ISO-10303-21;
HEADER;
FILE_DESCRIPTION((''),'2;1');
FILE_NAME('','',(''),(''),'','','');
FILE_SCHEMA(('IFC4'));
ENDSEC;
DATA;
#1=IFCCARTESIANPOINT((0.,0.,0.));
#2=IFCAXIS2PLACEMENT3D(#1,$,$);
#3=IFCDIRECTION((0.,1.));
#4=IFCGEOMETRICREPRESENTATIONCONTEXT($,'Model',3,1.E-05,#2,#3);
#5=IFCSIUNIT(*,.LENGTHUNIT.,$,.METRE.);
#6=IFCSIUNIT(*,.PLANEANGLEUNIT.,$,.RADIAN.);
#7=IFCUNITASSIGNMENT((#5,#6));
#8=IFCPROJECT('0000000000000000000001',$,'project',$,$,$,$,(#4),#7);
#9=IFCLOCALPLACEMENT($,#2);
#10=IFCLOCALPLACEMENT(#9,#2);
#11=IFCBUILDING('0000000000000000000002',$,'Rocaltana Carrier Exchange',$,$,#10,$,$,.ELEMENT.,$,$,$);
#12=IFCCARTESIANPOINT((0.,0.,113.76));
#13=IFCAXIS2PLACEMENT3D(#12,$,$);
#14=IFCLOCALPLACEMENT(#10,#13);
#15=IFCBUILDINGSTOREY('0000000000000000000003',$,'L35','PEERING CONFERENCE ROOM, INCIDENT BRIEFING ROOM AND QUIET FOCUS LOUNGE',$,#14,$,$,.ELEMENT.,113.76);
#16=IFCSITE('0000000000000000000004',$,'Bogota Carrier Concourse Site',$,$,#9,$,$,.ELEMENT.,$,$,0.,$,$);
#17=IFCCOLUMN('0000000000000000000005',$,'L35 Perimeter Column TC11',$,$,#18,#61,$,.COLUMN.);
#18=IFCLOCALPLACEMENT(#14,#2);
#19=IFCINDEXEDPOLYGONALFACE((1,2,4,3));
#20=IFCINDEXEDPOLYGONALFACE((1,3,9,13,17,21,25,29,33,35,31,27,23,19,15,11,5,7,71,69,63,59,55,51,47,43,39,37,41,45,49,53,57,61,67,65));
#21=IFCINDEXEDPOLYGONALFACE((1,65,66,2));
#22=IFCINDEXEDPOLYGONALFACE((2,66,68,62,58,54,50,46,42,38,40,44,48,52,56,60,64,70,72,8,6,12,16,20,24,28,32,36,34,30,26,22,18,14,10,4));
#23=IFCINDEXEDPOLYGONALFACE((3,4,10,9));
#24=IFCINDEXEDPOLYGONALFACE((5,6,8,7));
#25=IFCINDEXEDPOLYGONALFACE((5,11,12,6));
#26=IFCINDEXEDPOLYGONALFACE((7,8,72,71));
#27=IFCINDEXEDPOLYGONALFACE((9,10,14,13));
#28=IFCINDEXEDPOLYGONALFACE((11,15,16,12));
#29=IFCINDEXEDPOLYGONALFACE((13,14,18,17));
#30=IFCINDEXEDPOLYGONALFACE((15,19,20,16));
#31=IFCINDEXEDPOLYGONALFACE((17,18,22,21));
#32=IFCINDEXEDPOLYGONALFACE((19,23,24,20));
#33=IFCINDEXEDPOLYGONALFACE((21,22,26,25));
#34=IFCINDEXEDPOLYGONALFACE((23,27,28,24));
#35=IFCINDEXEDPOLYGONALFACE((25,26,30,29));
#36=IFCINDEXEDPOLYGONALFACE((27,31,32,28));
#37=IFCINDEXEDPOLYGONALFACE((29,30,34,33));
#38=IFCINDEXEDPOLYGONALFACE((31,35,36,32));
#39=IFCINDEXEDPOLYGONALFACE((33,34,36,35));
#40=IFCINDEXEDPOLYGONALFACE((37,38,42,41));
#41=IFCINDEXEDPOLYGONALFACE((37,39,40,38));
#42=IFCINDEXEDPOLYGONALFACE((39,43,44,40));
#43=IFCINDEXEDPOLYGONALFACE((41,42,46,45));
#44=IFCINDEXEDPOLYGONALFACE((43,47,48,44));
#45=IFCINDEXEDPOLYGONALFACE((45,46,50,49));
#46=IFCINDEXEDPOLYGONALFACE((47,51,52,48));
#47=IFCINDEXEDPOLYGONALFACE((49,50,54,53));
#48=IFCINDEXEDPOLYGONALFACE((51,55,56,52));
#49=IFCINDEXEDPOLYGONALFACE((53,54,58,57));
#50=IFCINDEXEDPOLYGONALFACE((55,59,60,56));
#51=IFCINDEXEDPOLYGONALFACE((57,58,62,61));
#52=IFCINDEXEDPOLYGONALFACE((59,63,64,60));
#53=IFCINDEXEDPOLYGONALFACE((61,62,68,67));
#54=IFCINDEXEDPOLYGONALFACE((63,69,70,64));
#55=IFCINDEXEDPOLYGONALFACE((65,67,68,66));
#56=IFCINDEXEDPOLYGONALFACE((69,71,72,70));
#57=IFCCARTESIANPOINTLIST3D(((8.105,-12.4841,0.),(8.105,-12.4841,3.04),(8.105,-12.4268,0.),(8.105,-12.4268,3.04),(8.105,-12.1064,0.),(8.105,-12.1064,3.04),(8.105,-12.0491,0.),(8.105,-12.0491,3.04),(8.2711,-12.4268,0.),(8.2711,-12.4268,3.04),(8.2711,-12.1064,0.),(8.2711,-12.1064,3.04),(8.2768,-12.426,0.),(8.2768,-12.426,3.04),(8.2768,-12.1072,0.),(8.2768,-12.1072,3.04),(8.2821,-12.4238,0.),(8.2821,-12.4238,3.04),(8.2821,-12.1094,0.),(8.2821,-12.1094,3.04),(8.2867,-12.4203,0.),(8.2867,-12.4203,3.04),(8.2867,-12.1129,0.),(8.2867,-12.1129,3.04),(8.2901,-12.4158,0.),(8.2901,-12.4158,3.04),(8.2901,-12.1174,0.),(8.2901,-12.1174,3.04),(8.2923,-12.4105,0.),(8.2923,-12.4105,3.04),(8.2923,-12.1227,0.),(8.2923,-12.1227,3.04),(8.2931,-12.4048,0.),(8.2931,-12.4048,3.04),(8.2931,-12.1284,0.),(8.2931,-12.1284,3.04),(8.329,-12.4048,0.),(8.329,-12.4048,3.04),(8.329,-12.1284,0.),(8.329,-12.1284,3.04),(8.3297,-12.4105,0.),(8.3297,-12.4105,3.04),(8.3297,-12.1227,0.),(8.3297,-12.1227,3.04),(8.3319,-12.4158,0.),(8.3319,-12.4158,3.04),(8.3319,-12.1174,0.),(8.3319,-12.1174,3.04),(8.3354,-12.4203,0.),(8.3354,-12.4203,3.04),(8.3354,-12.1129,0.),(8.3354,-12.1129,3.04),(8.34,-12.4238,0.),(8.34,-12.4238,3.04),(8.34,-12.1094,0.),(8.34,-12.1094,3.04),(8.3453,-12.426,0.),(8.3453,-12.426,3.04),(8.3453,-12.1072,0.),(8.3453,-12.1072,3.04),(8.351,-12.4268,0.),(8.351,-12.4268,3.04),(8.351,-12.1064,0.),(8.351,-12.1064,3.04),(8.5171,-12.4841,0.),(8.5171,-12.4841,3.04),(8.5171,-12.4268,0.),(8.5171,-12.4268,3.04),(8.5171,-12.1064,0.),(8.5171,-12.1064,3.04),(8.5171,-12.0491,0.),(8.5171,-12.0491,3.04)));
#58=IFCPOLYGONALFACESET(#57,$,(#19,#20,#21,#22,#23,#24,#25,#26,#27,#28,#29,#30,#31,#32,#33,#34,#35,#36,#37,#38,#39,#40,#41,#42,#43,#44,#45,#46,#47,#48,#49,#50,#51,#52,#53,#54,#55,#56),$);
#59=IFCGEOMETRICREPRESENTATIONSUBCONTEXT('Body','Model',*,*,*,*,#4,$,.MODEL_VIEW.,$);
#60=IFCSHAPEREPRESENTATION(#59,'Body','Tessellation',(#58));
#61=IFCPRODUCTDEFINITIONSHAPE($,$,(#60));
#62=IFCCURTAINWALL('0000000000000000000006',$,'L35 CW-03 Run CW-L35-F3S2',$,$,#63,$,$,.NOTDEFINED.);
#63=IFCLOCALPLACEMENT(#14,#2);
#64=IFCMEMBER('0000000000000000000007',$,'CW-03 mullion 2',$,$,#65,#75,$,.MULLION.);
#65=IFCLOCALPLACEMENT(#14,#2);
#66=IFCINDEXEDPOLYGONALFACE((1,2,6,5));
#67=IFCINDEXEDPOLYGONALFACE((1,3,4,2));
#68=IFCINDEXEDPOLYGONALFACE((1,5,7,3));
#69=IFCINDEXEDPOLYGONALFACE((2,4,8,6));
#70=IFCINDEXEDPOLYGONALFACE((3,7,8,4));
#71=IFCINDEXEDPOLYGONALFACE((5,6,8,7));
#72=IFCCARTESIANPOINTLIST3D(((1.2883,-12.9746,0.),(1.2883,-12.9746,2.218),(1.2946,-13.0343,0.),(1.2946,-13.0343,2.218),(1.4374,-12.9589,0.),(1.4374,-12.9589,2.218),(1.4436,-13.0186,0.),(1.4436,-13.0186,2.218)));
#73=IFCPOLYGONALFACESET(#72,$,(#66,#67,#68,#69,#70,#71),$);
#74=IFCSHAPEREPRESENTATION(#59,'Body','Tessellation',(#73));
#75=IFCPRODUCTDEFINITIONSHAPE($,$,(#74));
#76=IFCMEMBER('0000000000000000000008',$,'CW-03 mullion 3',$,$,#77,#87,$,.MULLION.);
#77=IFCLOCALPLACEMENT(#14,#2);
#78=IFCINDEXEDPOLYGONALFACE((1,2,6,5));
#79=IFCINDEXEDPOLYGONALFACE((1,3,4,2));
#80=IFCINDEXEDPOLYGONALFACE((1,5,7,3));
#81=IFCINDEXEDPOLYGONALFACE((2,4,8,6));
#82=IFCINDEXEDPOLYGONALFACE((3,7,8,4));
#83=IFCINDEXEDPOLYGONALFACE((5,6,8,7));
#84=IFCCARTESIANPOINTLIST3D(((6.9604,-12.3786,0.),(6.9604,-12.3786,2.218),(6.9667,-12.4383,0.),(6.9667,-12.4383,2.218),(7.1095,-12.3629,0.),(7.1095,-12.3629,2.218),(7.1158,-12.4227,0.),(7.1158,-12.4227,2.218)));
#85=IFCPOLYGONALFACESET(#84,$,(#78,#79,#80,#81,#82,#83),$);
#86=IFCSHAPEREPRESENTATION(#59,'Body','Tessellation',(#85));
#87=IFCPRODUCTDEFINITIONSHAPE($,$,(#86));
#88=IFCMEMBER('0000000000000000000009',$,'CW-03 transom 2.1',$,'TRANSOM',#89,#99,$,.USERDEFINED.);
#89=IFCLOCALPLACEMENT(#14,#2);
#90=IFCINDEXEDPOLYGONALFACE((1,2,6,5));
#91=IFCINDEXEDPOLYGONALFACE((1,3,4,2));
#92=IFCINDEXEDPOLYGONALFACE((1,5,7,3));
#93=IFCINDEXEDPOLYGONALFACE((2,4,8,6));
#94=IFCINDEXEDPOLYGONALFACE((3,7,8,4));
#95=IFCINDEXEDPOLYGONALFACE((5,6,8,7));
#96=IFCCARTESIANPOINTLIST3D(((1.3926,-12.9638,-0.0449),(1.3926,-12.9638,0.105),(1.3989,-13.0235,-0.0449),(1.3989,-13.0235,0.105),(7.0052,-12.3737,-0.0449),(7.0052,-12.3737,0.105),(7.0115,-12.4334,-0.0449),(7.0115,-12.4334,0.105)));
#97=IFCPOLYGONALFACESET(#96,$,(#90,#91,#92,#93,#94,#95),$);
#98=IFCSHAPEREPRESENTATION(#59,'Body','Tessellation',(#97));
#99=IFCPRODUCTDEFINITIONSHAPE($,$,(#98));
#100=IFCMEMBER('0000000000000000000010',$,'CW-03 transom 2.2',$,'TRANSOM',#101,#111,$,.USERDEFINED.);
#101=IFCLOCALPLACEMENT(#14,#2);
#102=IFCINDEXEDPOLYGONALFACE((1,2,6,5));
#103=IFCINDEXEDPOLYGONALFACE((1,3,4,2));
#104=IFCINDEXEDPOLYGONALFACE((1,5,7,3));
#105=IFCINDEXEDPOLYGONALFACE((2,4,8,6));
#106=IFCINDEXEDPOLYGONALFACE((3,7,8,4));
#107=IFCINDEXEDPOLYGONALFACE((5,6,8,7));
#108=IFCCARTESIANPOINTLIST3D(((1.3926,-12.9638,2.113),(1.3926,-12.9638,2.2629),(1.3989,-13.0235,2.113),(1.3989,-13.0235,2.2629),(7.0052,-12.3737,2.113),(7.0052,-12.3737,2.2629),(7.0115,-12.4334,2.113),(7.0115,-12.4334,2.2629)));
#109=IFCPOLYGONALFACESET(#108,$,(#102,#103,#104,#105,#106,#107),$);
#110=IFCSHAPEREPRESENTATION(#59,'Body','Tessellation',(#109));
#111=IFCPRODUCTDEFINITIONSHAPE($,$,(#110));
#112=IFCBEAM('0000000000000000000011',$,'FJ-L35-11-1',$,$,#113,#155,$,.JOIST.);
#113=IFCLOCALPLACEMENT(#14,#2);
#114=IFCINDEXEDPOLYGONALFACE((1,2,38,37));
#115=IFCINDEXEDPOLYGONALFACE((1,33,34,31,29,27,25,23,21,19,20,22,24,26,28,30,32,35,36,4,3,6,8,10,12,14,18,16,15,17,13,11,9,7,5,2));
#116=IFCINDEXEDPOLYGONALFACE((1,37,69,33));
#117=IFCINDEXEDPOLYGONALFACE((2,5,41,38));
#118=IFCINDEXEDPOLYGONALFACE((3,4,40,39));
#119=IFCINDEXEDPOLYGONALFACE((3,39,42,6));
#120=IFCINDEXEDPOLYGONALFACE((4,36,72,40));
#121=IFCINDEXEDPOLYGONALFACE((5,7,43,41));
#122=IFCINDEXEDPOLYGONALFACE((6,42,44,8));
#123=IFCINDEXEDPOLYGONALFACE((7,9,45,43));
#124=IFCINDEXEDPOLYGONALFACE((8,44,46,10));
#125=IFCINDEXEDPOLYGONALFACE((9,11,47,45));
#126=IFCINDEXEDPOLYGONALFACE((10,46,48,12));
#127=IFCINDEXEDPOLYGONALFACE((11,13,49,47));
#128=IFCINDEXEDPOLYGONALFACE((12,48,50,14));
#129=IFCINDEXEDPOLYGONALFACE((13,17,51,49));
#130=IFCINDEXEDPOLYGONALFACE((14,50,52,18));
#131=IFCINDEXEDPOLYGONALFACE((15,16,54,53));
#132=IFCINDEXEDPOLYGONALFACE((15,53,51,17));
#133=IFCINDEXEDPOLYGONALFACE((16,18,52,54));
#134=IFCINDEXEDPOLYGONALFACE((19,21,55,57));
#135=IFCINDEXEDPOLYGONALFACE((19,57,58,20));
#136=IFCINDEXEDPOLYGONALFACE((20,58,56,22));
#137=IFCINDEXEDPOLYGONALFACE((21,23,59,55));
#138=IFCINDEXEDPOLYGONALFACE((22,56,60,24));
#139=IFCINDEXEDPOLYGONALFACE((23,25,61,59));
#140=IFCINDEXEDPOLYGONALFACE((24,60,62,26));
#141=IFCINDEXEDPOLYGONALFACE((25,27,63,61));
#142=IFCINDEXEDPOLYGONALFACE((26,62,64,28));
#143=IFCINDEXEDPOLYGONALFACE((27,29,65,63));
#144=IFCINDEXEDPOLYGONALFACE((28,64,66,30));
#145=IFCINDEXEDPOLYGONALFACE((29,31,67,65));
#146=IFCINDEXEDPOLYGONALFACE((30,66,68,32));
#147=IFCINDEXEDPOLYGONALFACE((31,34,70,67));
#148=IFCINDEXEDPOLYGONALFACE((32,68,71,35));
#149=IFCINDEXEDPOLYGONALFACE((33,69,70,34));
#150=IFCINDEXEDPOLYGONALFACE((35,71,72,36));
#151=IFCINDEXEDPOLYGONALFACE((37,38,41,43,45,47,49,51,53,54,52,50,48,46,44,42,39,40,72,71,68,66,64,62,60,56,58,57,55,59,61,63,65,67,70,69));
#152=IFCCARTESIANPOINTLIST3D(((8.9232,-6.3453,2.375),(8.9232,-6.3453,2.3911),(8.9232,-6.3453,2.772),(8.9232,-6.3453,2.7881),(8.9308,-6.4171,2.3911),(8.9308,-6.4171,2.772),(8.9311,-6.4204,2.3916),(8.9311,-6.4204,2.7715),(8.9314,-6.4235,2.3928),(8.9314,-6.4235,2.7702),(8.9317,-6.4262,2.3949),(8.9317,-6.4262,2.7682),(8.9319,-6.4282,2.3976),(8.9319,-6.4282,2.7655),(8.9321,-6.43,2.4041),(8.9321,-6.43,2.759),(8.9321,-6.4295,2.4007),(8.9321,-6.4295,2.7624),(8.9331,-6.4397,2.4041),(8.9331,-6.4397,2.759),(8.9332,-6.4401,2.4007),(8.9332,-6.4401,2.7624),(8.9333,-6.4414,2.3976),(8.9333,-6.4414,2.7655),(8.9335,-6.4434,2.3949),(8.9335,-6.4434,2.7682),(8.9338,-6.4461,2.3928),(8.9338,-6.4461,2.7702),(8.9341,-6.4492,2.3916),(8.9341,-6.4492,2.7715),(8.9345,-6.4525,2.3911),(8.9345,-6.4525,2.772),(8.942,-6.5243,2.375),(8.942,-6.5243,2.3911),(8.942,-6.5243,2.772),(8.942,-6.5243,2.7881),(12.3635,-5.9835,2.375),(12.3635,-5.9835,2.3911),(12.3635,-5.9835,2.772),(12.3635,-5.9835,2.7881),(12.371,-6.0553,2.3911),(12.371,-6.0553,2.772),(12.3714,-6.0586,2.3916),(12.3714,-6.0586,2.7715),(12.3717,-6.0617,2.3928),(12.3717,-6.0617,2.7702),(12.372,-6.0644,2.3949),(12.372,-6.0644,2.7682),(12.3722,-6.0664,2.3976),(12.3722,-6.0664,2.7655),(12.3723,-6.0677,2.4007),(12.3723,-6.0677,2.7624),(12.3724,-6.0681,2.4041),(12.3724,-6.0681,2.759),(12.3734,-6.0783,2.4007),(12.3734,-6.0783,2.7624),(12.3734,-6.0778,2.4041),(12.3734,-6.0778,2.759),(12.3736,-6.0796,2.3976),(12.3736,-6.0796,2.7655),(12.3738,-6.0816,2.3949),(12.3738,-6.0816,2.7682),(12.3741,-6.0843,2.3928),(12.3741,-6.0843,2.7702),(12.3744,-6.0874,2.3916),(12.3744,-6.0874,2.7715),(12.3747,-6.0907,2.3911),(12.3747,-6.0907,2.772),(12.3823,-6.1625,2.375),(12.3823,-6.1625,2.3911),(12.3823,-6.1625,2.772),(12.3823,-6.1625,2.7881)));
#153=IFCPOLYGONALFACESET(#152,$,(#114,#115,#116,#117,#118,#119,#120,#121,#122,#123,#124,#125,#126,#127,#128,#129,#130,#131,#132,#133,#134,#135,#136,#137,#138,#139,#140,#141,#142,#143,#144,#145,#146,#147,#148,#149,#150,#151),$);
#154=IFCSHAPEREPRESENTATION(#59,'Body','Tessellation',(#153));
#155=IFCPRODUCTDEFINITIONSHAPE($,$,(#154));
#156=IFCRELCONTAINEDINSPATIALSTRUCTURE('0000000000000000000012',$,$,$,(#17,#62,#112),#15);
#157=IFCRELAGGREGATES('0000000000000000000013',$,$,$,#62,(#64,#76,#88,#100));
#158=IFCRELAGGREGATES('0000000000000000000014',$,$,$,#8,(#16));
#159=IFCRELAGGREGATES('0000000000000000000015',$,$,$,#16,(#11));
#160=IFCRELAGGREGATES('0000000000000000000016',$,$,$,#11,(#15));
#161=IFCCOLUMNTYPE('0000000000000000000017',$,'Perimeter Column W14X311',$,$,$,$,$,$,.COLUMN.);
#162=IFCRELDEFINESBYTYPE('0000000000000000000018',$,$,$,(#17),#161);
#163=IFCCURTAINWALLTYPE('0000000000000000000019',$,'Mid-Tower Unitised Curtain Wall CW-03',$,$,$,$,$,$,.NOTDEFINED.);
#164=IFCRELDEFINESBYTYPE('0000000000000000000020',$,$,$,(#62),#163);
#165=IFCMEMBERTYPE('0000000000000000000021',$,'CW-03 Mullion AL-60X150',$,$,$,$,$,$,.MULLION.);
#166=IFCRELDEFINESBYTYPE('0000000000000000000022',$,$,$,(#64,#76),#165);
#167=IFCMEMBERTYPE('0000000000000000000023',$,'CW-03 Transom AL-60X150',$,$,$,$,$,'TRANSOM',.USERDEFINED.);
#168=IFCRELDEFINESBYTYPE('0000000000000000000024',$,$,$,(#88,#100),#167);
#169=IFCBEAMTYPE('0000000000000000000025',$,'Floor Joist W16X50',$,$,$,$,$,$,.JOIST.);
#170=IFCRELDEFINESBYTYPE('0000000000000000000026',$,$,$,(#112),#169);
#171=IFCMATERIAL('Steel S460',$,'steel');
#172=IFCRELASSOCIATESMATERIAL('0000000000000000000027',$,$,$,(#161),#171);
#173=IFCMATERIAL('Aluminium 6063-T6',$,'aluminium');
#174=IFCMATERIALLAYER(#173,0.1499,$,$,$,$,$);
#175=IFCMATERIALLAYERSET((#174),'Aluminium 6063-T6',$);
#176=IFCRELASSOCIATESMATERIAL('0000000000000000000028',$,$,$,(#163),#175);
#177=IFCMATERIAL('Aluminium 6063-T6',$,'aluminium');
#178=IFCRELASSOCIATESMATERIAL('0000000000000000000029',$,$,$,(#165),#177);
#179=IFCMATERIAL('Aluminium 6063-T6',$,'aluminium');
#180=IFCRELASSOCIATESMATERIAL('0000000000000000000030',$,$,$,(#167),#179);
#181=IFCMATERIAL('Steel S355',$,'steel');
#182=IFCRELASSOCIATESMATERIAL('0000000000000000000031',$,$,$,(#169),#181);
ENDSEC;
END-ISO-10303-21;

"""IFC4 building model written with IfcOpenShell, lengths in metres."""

from ifc_helpers import new_model, si_unit, direction, frame, origin, origin_2d, place, context, subcontext, project, spatial, rectangle, i_section, extrude, material, layer, layer_set, material_profile, profile_set, type_object, element, aggregate, save


model = new_model("IFC4")

# Units and contexts
model_context = context("Model", 3, precision=1e-05, world=origin(), true_north=direction((0.0, 1.0)))
body_context = subcontext(model_context, "Body", "Model", "MODEL_VIEW")
ifc_project = project(units=[si_unit("LENGTHUNIT", "METRE"), si_unit("PLANEANGLEUNIT", "RADIAN")], contexts=[model_context])

# Site, building, storey
site_placement = place(None, origin())
site = spatial("IfcSite", under=ifc_project, at=site_placement, Name="Bogota Carrier Concourse Site", CompositionType="ELEMENT", RefElevation=0.0)
building_placement = place(site_placement, origin())
building = spatial("IfcBuilding", under=site, at=building_placement, Name="Rocaltana Carrier Exchange", CompositionType="ELEMENT")
storey_placement = place(building_placement, frame((0.0, 0.0, 113.76)))
storey = spatial("IfcBuildingStorey", under=building, at=storey_placement, Name="L35", Description="PEERING CONFERENCE ROOM, INCIDENT BRIEFING ROOM AND QUIET FOCUS LOUNGE", CompositionType="ELEMENT", Elevation=113.76)

# Column
ifc_material_1 = material(Name="Steel S460", Category="steel")
ifc_material_profile_1 = material_profile(ifc_material_1, i_section(OverallWidth=0.4121, OverallDepth=0.4351, WebThickness=0.0359, FlangeThickness=0.0574, FilletRadius=0.022, at=origin_2d()), Name="W14X311")
ifc_profile_set_1 = profile_set([ifc_material_profile_1], Name="Steel S460")
column_type = type_object("IfcColumnType", Name="Perimeter Column W14X311", PredefinedType="COLUMN", material=ifc_profile_set_1)
column_placement = place(storey_placement, frame((8.311, -12.2666, 0.0), z_axis=(0.0, 0.0, 1.0), x_axis=(1.0, 0.0, 0.0)))
element("IfcColumn", 1, at=column_placement, inside=storey, type_object=column_type, Name="L35 Perimeter Column TC11", PredefinedType="COLUMN", context=body_context, shape_type="SweptSolid", body=[
    extrude(i_section(OverallWidth=0.4121, OverallDepth=0.4351, WebThickness=0.0359, FlangeThickness=0.0574, FilletRadius=0.022, at=origin_2d()), origin(), (0.0, 0.0, 1.0), 3.04),
])

# Curtain wall, members
ifc_material_2 = material(Name="Aluminium 6063-T6", Category="aluminium")
ifc_layer_1 = layer(ifc_material_2, 0.1499)
ifc_layer_set_1 = layer_set([ifc_layer_1], Name="Aluminium 6063-T6")
curtain_wall_type = type_object("IfcCurtainWallType", Name="Mid-Tower Unitised Curtain Wall CW-03", PredefinedType="NOTDEFINED", material=ifc_layer_set_1)
curtain_wall_placement = place(storey_placement, origin())
curtain_wall = element("IfcCurtainWall", 2, at=curtain_wall_placement, inside=storey, type_object=curtain_wall_type, Name="L35 CW-03 Run CW-L35-F3S2", PredefinedType="NOTDEFINED")
ifc_material_3 = material(Name="Aluminium 6063-T6", Category="aluminium")
ifc_material_profile_2 = material_profile(ifc_material_3, rectangle(XDim=0.0601, YDim=0.1499, at=origin_2d()), Name="AL-60X150")
ifc_profile_set_2 = profile_set([ifc_material_profile_2], Name="Aluminium 6063-T6")
member_type_1 = type_object("IfcMemberType", Name="CW-03 Mullion AL-60X150", PredefinedType="MULLION", material=ifc_profile_set_2)
member_1_placement = place(storey_placement, frame((1.366, -12.9966, 0.0), z_axis=(0.0, 0.0, 1.0), x_axis=(-0.10453, 0.994522, 0.0)))
member_1 = element("IfcMember", 3, at=member_1_placement, type_object=member_type_1, Name="CW-03 mullion 2", PredefinedType="MULLION", context=body_context, shape_type="SweptSolid", body=[
    extrude(rectangle(XDim=0.0601, YDim=0.1499, at=origin_2d()), origin(), (0.0, 0.0, 1.0), 2.218),
])
member_2_placement = place(storey_placement, frame((7.0381, -12.4006, 0.0), z_axis=(0.0, 0.0, 1.0), x_axis=(-0.10453, 0.994522, 0.0)))
member_2 = element("IfcMember", 4, at=member_2_placement, type_object=member_type_1, Name="CW-03 mullion 3", PredefinedType="MULLION", context=body_context, shape_type="SweptSolid", body=[
    extrude(rectangle(XDim=0.0601, YDim=0.1499, at=origin_2d()), origin(), (0.0, 0.0, 1.0), 2.218),
])
ifc_material_4 = material(Name="Aluminium 6063-T6", Category="aluminium")
ifc_material_profile_3 = material_profile(ifc_material_4, rectangle(XDim=0.0601, YDim=0.1499, at=origin_2d()), Name="AL-60X150")
ifc_profile_set_3 = profile_set([ifc_material_profile_3], Name="Aluminium 6063-T6")
member_type_2 = type_object("IfcMemberType", Name="CW-03 Transom AL-60X150", ElementType="TRANSOM", PredefinedType="USERDEFINED", material=ifc_profile_set_3)
member_3_placement = place(storey_placement, frame((1.3958, -12.9937, 0.03), z_axis=(0.994518, 0.104561, 0.0), x_axis=(-0.104561, 0.994518, 0.0)))
member_3 = element("IfcMember", 5, at=member_3_placement, type_object=member_type_2, Name="CW-03 transom 2.1", ObjectType="TRANSOM", PredefinedType="USERDEFINED", context=body_context, shape_type="SweptSolid", body=[
    extrude(rectangle(XDim=0.0601, YDim=0.1499, at=origin_2d()), origin(), (0.0, 0.0, 1.0), 5.6436),
])
member_4_placement = place(storey_placement, frame((1.3958, -12.9937, 2.188), z_axis=(0.994518, 0.104561, 0.0), x_axis=(-0.104561, 0.994518, 0.0)))
member_4 = element("IfcMember", 6, at=member_4_placement, type_object=member_type_2, Name="CW-03 transom 2.2", ObjectType="TRANSOM", PredefinedType="USERDEFINED", context=body_context, shape_type="SweptSolid", body=[
    extrude(rectangle(XDim=0.0601, YDim=0.1499, at=origin_2d()), origin(), (0.0, 0.0, 1.0), 5.6436),
])

# Beam
ifc_material_5 = material(Name="Steel S355", Category="steel")
ifc_material_profile_4 = material_profile(ifc_material_5, i_section(OverallWidth=0.1799, OverallDepth=0.4131, WebThickness=0.0098, FlangeThickness=0.0161, FilletRadius=0.0129, at=origin_2d()), Name="W16X50")
ifc_profile_set_4 = profile_set([ifc_material_profile_4], Name="Steel S355")
beam_type_1 = type_object("IfcBeamType", Name="Floor Joist W16X50", PredefinedType="JOIST", material=ifc_profile_set_4)
beam_1_placement = place(storey_placement, frame((8.9326, -6.4348, 2.5815), z_axis=(0.994515, 0.104597, 0.0), x_axis=(-0.104597, 0.994515, 0.0)))
element("IfcBeam", 7, at=beam_1_placement, inside=storey, type_object=beam_type_1, Name="FJ-L35-11-1", PredefinedType="JOIST", context=body_context, shape_type="SweptSolid", body=[
    extrude(i_section(OverallWidth=0.1799, OverallDepth=0.4131, WebThickness=0.0098, FlangeThickness=0.0161, FilletRadius=0.0129, at=origin_2d()), origin(), (0.0, 0.0, 1.0), 3.4592),
])

aggregate(curtain_wall, [member_1, member_2, member_3, member_4])

save(model, "model.ifc")
